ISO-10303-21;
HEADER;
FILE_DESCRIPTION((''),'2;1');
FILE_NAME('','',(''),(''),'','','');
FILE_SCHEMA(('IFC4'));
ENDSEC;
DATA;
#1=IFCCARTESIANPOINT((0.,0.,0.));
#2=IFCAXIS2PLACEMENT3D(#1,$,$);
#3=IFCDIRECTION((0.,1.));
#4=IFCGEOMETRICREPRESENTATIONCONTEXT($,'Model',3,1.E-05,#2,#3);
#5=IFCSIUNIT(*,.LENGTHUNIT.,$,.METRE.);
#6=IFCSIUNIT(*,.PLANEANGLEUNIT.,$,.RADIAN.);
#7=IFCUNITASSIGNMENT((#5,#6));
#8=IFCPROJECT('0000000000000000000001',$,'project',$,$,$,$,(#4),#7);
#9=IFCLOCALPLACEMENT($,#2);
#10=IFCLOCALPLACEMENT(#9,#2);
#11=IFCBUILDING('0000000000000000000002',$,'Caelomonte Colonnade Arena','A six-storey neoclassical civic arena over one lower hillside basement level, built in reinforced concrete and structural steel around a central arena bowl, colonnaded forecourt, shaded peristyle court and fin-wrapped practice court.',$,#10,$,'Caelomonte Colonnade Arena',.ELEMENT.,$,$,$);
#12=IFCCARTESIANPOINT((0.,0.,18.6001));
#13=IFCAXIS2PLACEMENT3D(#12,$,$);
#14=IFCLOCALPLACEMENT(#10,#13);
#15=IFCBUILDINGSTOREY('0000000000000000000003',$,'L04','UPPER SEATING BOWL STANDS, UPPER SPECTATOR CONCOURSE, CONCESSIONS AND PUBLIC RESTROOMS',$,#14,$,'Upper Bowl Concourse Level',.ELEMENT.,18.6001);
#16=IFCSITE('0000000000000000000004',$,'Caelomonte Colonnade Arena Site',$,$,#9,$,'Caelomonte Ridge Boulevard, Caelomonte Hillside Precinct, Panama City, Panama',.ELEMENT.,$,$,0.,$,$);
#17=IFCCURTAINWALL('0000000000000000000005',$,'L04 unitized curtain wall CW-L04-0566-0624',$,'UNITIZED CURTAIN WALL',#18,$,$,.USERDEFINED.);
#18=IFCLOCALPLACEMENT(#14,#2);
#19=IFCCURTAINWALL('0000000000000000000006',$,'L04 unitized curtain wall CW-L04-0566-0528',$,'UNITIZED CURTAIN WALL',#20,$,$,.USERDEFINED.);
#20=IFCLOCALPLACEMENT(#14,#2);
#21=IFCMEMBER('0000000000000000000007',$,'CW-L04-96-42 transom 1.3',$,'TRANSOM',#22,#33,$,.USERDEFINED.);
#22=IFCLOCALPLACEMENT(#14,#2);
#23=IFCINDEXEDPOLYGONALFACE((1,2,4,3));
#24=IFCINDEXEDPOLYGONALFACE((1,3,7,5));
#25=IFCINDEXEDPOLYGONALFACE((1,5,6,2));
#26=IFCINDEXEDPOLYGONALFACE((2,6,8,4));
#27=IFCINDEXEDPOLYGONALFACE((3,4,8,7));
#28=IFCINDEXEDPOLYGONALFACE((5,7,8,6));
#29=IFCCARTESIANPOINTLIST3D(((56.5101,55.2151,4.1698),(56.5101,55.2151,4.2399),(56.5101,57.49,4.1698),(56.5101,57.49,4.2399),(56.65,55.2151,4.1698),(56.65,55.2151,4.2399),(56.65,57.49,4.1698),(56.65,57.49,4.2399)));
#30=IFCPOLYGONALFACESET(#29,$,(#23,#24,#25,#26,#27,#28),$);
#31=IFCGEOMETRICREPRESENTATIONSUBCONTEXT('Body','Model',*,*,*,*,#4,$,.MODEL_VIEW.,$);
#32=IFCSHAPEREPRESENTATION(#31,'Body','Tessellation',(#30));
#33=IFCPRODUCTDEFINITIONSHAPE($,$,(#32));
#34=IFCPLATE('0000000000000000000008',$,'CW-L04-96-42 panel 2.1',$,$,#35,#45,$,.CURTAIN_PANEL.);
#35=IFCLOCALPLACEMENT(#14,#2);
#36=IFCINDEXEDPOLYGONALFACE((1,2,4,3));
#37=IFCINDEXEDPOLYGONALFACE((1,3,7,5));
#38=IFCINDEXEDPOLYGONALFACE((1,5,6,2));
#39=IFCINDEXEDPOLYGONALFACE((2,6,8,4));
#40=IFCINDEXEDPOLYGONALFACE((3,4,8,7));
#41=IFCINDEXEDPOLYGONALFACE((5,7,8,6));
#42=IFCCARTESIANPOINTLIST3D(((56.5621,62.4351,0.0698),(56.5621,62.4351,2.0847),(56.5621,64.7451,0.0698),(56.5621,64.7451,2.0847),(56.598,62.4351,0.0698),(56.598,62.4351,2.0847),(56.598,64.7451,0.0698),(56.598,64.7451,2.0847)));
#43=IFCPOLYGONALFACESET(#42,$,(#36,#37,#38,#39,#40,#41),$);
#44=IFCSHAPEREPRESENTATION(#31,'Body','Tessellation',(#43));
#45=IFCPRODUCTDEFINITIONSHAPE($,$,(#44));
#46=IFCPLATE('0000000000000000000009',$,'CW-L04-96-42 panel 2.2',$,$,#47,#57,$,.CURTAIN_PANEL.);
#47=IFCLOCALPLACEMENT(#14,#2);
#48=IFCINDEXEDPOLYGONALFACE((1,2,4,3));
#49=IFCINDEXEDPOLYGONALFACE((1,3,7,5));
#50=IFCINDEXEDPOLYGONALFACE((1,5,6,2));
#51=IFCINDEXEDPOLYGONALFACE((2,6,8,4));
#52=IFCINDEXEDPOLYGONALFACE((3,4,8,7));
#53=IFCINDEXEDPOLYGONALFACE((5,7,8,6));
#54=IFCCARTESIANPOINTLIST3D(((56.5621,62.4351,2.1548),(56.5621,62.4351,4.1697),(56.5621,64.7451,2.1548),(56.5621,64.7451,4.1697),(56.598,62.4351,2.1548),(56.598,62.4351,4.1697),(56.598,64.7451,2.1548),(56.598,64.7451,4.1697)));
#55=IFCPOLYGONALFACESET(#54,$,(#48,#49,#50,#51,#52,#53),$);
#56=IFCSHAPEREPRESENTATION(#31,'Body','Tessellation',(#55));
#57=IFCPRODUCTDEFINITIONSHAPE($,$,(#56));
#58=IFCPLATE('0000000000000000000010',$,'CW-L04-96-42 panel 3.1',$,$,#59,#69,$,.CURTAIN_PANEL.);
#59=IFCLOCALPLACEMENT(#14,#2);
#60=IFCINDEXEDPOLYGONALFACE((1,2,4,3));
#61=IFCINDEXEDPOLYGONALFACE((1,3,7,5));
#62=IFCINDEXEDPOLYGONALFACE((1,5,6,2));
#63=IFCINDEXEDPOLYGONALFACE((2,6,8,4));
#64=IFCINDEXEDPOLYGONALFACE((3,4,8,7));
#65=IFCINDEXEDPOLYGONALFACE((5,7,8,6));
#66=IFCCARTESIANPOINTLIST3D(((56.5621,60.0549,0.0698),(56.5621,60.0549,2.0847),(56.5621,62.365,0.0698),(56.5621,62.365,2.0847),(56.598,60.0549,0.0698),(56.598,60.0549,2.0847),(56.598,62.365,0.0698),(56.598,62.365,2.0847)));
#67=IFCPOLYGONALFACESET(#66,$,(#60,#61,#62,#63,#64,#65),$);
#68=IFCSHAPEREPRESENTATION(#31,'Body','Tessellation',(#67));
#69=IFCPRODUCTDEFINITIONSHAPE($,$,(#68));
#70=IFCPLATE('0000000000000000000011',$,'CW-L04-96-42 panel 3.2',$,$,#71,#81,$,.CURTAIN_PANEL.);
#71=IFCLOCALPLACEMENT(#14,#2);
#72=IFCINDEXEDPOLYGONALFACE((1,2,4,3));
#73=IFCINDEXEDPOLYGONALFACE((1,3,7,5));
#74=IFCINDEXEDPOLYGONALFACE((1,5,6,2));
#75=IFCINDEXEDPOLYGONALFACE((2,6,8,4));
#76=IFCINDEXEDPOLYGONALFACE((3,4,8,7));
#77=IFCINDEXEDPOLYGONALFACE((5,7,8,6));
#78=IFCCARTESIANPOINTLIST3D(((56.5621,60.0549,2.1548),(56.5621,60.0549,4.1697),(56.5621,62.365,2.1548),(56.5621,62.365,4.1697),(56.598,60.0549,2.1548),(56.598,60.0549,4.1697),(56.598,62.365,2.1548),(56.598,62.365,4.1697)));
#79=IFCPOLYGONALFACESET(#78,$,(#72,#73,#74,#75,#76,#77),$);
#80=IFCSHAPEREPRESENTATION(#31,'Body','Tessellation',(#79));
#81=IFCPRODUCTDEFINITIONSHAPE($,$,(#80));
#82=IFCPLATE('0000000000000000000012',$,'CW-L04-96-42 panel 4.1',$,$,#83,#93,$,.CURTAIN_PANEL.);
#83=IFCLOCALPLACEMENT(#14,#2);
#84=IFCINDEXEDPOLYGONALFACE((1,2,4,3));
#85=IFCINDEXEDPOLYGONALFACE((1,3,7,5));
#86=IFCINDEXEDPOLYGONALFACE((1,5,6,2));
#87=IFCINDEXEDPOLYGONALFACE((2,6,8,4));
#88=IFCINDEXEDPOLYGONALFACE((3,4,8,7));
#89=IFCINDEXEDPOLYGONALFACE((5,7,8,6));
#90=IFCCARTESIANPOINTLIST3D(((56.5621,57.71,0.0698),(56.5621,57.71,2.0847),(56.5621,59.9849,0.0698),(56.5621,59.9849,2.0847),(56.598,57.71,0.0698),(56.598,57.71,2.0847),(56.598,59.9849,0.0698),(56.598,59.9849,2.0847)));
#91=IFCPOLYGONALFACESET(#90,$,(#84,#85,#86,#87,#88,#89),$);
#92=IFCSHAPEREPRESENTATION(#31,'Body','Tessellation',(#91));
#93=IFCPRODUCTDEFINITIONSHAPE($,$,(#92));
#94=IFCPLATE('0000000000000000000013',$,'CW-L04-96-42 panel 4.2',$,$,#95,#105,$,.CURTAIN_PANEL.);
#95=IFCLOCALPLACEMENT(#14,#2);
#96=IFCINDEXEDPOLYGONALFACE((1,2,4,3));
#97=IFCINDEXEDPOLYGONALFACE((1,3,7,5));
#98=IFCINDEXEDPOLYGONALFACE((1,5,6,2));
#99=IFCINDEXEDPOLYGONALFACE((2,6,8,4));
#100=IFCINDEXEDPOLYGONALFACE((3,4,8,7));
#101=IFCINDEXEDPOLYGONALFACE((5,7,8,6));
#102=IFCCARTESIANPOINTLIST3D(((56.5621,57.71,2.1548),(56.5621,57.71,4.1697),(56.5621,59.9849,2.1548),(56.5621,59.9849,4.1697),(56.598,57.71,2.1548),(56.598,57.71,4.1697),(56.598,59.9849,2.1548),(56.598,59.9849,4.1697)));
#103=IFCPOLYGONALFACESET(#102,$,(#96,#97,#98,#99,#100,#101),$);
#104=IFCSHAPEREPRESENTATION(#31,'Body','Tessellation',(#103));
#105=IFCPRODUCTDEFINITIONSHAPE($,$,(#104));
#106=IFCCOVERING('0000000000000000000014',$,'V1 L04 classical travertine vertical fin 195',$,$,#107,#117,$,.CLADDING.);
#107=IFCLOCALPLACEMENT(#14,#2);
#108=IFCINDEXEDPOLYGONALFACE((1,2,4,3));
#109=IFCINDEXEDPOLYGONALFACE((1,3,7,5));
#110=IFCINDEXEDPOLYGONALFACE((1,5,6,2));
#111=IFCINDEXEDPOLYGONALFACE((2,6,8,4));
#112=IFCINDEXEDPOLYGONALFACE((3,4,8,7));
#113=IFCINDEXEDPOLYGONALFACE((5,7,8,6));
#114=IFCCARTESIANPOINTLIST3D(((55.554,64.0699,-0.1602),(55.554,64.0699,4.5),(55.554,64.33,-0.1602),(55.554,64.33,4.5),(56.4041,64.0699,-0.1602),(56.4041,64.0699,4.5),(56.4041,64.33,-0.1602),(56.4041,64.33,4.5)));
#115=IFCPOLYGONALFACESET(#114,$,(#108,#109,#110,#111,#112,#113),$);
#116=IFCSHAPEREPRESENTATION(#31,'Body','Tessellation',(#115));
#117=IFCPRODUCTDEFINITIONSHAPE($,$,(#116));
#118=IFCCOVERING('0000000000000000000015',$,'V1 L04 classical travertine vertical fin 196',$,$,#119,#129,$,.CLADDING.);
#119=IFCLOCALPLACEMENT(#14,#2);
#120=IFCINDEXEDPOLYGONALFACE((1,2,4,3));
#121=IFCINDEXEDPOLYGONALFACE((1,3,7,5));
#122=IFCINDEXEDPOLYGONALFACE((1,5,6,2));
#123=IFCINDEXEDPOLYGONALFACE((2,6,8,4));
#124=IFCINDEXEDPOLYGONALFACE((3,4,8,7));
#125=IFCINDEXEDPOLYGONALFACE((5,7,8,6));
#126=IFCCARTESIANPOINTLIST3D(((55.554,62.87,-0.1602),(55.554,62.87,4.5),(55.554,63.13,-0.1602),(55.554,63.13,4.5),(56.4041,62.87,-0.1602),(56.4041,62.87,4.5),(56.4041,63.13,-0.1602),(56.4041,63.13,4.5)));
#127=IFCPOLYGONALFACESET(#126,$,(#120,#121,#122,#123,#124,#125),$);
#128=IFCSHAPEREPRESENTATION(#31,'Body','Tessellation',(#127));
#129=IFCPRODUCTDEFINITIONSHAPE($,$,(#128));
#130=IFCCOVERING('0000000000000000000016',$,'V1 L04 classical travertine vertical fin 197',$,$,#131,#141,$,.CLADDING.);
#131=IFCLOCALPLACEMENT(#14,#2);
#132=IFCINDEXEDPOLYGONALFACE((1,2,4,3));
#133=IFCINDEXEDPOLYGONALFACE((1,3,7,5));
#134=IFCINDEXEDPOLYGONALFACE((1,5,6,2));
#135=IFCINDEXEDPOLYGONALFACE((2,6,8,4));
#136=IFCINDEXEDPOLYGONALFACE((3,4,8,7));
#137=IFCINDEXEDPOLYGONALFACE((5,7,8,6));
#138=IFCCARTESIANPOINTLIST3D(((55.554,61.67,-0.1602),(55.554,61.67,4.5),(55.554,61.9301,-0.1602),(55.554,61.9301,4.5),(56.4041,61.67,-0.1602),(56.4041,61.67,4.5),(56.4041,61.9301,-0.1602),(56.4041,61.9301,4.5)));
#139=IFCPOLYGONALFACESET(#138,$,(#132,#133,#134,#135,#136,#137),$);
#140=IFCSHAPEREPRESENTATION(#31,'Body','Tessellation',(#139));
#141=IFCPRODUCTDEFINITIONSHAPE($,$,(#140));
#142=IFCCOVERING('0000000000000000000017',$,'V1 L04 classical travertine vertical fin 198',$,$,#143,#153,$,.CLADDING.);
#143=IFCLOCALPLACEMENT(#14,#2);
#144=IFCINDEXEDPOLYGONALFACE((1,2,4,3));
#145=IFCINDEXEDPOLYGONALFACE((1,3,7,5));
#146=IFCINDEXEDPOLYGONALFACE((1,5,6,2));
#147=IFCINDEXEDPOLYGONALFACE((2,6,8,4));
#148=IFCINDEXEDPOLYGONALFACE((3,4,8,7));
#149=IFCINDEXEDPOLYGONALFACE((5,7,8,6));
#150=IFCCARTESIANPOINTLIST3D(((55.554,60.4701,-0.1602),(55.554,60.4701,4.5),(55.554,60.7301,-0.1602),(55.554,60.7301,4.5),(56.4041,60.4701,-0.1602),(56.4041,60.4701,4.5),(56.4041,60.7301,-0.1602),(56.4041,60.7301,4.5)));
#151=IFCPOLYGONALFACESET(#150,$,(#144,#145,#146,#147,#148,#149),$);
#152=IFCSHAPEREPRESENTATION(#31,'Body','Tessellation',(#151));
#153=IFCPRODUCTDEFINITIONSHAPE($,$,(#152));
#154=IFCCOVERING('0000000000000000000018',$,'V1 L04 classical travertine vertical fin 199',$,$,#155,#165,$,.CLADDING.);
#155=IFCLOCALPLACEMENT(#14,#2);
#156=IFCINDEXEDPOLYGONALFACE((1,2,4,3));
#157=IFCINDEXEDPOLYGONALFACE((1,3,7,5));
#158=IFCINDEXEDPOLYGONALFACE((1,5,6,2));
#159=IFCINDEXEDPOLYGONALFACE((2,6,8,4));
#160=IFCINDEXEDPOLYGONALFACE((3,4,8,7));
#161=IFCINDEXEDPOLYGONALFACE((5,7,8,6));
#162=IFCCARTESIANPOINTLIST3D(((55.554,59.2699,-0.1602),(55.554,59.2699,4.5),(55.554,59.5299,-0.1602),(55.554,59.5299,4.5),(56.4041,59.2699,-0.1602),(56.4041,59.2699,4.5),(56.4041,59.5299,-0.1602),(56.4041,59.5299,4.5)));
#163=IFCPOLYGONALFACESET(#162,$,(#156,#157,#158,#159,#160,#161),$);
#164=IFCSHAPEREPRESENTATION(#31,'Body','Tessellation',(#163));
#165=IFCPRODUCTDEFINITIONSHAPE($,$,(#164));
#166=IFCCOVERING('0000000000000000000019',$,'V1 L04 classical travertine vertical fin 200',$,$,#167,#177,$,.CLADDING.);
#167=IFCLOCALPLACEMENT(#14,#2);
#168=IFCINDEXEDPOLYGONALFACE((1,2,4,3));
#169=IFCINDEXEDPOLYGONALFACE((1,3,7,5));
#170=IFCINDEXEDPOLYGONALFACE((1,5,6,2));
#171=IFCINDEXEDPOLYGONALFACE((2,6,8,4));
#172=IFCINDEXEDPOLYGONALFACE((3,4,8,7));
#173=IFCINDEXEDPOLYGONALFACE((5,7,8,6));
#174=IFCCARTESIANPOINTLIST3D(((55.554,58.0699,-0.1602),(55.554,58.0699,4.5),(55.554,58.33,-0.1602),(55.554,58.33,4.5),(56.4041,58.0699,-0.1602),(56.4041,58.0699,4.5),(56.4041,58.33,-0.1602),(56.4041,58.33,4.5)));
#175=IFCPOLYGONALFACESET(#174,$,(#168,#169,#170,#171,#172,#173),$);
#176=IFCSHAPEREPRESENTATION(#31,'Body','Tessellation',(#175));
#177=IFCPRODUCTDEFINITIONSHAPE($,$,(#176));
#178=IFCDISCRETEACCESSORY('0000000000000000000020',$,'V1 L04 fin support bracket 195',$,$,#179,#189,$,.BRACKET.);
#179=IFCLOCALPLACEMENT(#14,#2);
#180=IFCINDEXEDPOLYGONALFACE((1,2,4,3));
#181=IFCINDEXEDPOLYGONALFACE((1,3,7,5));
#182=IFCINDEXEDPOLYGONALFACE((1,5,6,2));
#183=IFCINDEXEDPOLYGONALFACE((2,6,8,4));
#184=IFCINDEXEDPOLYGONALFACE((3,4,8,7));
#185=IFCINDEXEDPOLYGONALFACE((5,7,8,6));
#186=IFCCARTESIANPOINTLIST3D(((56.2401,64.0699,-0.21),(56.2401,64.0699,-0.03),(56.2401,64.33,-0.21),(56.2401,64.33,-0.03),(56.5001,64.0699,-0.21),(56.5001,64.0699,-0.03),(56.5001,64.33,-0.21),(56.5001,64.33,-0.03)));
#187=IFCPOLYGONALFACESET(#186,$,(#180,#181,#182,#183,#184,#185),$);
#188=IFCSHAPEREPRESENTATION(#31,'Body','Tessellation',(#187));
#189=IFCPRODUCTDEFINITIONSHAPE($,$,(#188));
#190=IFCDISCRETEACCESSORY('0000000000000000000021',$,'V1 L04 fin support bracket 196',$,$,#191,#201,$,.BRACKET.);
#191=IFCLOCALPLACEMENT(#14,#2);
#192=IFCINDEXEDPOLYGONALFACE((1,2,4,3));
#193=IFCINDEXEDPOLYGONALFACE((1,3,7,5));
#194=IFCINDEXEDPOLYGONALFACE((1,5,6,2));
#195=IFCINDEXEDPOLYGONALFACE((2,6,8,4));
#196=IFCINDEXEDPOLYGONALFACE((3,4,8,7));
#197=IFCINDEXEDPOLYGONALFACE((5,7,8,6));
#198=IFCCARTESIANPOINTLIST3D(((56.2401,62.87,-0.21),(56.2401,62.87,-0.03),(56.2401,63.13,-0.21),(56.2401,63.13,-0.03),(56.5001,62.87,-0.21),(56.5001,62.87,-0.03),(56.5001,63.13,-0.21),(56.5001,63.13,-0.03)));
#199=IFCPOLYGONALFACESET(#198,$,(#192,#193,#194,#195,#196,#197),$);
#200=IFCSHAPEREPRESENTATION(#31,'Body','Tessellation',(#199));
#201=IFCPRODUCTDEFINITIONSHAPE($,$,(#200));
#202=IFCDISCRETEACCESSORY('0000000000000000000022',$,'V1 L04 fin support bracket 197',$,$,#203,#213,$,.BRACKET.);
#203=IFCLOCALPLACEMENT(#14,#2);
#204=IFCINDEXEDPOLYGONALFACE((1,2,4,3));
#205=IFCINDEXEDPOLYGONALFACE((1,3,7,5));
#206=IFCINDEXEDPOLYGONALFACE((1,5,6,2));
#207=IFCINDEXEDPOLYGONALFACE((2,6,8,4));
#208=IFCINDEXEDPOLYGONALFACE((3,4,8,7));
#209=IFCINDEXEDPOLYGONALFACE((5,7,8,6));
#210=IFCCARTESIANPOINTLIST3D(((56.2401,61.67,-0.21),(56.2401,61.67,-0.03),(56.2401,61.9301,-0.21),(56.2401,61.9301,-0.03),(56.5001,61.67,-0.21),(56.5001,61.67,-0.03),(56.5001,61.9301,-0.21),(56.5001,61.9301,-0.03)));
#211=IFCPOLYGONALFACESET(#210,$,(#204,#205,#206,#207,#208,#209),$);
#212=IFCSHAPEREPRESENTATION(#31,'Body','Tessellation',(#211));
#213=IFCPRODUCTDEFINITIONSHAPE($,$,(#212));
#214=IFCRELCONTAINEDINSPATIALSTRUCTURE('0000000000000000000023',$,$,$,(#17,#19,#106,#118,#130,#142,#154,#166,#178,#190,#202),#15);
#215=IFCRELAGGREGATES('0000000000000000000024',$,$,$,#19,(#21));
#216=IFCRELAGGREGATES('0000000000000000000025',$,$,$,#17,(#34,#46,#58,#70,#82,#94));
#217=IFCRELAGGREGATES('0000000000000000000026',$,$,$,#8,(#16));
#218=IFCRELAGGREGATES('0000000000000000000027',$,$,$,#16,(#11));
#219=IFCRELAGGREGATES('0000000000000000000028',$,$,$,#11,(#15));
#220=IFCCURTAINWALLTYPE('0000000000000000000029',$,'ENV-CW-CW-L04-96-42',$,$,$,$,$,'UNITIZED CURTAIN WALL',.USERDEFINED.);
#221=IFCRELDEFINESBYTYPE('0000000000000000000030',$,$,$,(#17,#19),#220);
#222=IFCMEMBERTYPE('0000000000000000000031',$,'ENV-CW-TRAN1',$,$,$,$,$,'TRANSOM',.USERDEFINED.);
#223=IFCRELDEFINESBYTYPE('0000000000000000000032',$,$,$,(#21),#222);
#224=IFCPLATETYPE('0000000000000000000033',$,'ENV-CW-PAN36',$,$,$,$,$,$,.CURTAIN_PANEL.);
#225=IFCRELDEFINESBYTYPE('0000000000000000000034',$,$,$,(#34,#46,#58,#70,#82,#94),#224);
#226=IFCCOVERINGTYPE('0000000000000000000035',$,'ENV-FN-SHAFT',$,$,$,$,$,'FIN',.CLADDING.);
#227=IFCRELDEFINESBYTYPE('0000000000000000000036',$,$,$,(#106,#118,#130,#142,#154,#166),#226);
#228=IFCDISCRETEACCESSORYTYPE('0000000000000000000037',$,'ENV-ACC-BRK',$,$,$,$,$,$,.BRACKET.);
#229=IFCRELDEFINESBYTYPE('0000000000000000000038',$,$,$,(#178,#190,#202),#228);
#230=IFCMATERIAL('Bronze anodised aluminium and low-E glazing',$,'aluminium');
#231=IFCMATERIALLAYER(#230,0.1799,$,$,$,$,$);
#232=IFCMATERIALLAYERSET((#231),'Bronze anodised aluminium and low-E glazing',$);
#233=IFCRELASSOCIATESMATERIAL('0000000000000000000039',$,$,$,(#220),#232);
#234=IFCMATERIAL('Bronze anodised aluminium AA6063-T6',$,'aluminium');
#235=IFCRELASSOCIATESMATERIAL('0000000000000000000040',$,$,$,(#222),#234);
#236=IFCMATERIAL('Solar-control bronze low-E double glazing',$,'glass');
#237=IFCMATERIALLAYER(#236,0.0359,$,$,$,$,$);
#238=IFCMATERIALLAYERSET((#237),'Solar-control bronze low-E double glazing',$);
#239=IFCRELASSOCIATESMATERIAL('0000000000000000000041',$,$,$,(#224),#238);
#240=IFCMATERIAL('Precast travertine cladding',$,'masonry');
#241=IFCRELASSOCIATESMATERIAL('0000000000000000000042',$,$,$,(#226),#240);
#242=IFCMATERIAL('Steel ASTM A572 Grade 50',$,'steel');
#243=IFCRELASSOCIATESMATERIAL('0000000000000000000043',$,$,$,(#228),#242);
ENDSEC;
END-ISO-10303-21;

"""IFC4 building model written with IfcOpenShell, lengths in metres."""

from ifc_helpers import new_model, si_unit, direction, frame, origin, origin_2d, place, context, subcontext, project, spatial, rectangle, extrude, material, layer, layer_set, material_profile, profile_set, type_object, element, aggregate, save


model = new_model("IFC4")

# Units and contexts
model_context = context("Model", 3, precision=1e-05, world=origin(), true_north=direction((0.0, 1.0)))
body_context = subcontext(model_context, "Body", "Model", "MODEL_VIEW")
ifc_project = project(units=[si_unit("LENGTHUNIT", "METRE"), si_unit("PLANEANGLEUNIT", "RADIAN")], contexts=[model_context])

# Site, building, storey
site_placement = place(None, origin())
site = spatial("IfcSite", under=ifc_project, at=site_placement, Name="Caelomonte Colonnade Arena Site", LongName="Caelomonte Ridge Boulevard, Caelomonte Hillside Precinct, Panama City, Panama", CompositionType="ELEMENT", RefElevation=0.0)
building_placement = place(site_placement, origin())
building = spatial("IfcBuilding", under=site, at=building_placement, Name="Caelomonte Colonnade Arena", Description="A six-storey neoclassical civic arena over one lower hillside basement level, built in reinforced concrete and structural steel around a central arena bowl, colonnaded forecourt, shaded peristyle court and fin-wrapped practice court.", LongName="Caelomonte Colonnade Arena", CompositionType="ELEMENT")
storey_placement = place(building_placement, frame((0.0, 0.0, 18.6001)))
storey = spatial("IfcBuildingStorey", under=building, at=storey_placement, Name="L04", Description="UPPER SEATING BOWL STANDS, UPPER SPECTATOR CONCOURSE, CONCESSIONS AND PUBLIC RESTROOMS", LongName="Upper Bowl Concourse Level", CompositionType="ELEMENT", Elevation=18.6001)

# Curtain wall
ifc_material_1 = material(Name="Bronze anodised aluminium and low-E glazing", Category="aluminium")
ifc_layer_1 = layer(ifc_material_1, 0.1799)
ifc_layer_set_1 = layer_set([ifc_layer_1], Name="Bronze anodised aluminium and low-E glazing")
curtain_wall_type = type_object("IfcCurtainWallType", Name="ENV-CW-CW-L04-96-42", ElementType="UNITIZED CURTAIN WALL", PredefinedType="USERDEFINED", material=ifc_layer_set_1)
curtain_wall_1_placement = place(storey_placement, origin())
curtain_wall_1 = element("IfcCurtainWall", 1, at=curtain_wall_1_placement, inside=storey, type_object=curtain_wall_type, Name="L04 unitized curtain wall CW-L04-0566-0624", ObjectType="UNITIZED CURTAIN WALL", PredefinedType="USERDEFINED")
ifc_material_2 = material(Name="Bronze anodised aluminium AA6063-T6", Category="aluminium")

# Curtain wall
curtain_wall_2_placement = place(storey_placement, origin())
curtain_wall_2 = element("IfcCurtainWall", 2, at=curtain_wall_2_placement, inside=storey, type_object=curtain_wall_type, Name="L04 unitized curtain wall CW-L04-0566-0528", ObjectType="UNITIZED CURTAIN WALL", PredefinedType="USERDEFINED")

# Member
ifc_material_profile_1 = material_profile(ifc_material_2, rectangle(XDim=0.0701, YDim=0.1399, at=origin_2d()), Name="CWT-70X140")
ifc_profile_set_1 = profile_set([ifc_material_profile_1], Name="Bronze anodised aluminium AA6063-T6")
member_type_1 = type_object("IfcMemberType", Name="ENV-CW-TRAN1", ElementType="TRANSOM", PredefinedType="USERDEFINED", material=ifc_profile_set_1)
member_1_placement = place(storey_placement, frame((56.5801, 57.49, 4.2048), z_axis=(0.0, -1.0, 0.0), x_axis=(0.0, 0.0, 1.0)))
member_1 = element("IfcMember", 3, at=member_1_placement, type_object=member_type_1, Name="CW-L04-96-42 transom 1.3", ObjectType="TRANSOM", PredefinedType="USERDEFINED", context=body_context, shape_type="SweptSolid", body=[
    extrude(rectangle(XDim=0.0701, YDim=0.1399, at=origin_2d()), origin(), (0.0, 0.0, 1.0), 2.2749),
])
aggregate(curtain_wall_2, [member_1])

# Plates
ifc_material_3 = material(Name="Solar-control bronze low-E double glazing", Category="glass")
ifc_layer_2 = layer(ifc_material_3, 0.0359)
ifc_layer_set_2 = layer_set([ifc_layer_2], Name="Solar-control bronze low-E double glazing")
plate_type = type_object("IfcPlateType", Name="ENV-CW-PAN36", PredefinedType="CURTAIN_PANEL", material=ifc_layer_set_2)
plate_1_placement = place(storey_placement, frame((56.5801, 63.5901, 0.0698), z_axis=(0.0, 0.0, 1.0), x_axis=(0.0, -1.0, 0.0)))
plate_1 = element("IfcPlate", 4, at=plate_1_placement, type_object=plate_type, Name="CW-L04-96-42 panel 2.1", PredefinedType="CURTAIN_PANEL", context=body_context, shape_type="SweptSolid", body=[
    extrude(rectangle(XDim=2.3101, YDim=0.0359, at=origin_2d()), origin(), (0.0, 0.0, 1.0), 2.0149),
])
plate_2_placement = place(storey_placement, frame((56.5801, 63.5901, 2.1548), z_axis=(0.0, 0.0, 1.0), x_axis=(0.0, -1.0, 0.0)))
plate_2 = element("IfcPlate", 5, at=plate_2_placement, type_object=plate_type, Name="CW-L04-96-42 panel 2.2", PredefinedType="CURTAIN_PANEL", context=body_context, shape_type="SweptSolid", body=[
    extrude(rectangle(XDim=2.3101, YDim=0.0359, at=origin_2d()), origin(), (0.0, 0.0, 1.0), 2.0149),
])
plate_3_placement = place(storey_placement, frame((56.5801, 61.21, 0.0698), z_axis=(0.0, 0.0, 1.0), x_axis=(0.0, -1.0, 0.0)))
plate_3 = element("IfcPlate", 6, at=plate_3_placement, type_object=plate_type, Name="CW-L04-96-42 panel 3.1", PredefinedType="CURTAIN_PANEL", context=body_context, shape_type="SweptSolid", body=[
    extrude(rectangle(XDim=2.3101, YDim=0.0359, at=origin_2d()), origin(), (0.0, 0.0, 1.0), 2.0149),
])
plate_4_placement = place(storey_placement, frame((56.5801, 61.21, 2.1548), z_axis=(0.0, 0.0, 1.0), x_axis=(0.0, -1.0, 0.0)))
plate_4 = element("IfcPlate", 7, at=plate_4_placement, type_object=plate_type, Name="CW-L04-96-42 panel 3.2", PredefinedType="CURTAIN_PANEL", context=body_context, shape_type="SweptSolid", body=[
    extrude(rectangle(XDim=2.3101, YDim=0.0359, at=origin_2d()), origin(), (0.0, 0.0, 1.0), 2.0149),
])
plate_5_placement = place(storey_placement, frame((56.5801, 58.8474, 0.0698), z_axis=(0.0, 0.0, 1.0), x_axis=(0.0, -1.0, 0.0)))
plate_5 = element("IfcPlate", 8, at=plate_5_placement, type_object=plate_type, Name="CW-L04-96-42 panel 4.1", PredefinedType="CURTAIN_PANEL", context=body_context, shape_type="SweptSolid", body=[
    extrude(rectangle(XDim=2.2749, YDim=0.0359, at=origin_2d()), origin(), (0.0, 0.0, 1.0), 2.0149),
])
plate_6_placement = place(storey_placement, frame((56.5801, 58.8474, 2.1548), z_axis=(0.0, 0.0, 1.0), x_axis=(0.0, -1.0, 0.0)))
plate_6 = element("IfcPlate", 9, at=plate_6_placement, type_object=plate_type, Name="CW-L04-96-42 panel 4.2", PredefinedType="CURTAIN_PANEL", context=body_context, shape_type="SweptSolid", body=[
    extrude(rectangle(XDim=2.2749, YDim=0.0359, at=origin_2d()), origin(), (0.0, 0.0, 1.0), 2.0149),
])
aggregate(curtain_wall_1, [plate_1, plate_2, plate_3, plate_4, plate_5, plate_6])

# Coverings
ifc_material_4 = material(Name="Precast travertine cladding", Category="masonry")
ifc_material_profile_2 = material_profile(ifc_material_4, rectangle(XDim=0.26, YDim=0.8501, at=origin_2d()), Name="FIN260X850")
ifc_profile_set_2 = profile_set([ifc_material_profile_2], Name="Precast travertine cladding")
covering_type = type_object("IfcCoveringType", Name="ENV-FN-SHAFT", ElementType="FIN", PredefinedType="CLADDING", material=ifc_profile_set_2)
for number, where, z_axis, x_axis, name in (
    (10, (55.979, 64.2, -0.1602), (0.0, 0.0, 1.0), (0.0, 1.0, 0.0), "V1 L04 classical travertine vertical fin 195"),
    (11, (55.979, 63.0, -0.1602), (0.0, 0.0, 1.0), (0.0, 1.0, 0.0), "V1 L04 classical travertine vertical fin 196"),
    (12, (55.979, 61.8, -0.1602), (0.0, 0.0, 1.0), (0.0, 1.0, 0.0), "V1 L04 classical travertine vertical fin 197"),
    (13, (55.979, 60.6001, -0.1602), (0.0, 0.0, 1.0), (0.0, 1.0, 0.0), "V1 L04 classical travertine vertical fin 198"),
    (14, (55.979, 59.3999, -0.1602), (0.0, 0.0, 1.0), (0.0, 1.0, 0.0), "V1 L04 classical travertine vertical fin 199"),
    (15, (55.979, 58.2, -0.1602), (0.0, 0.0, 1.0), (0.0, 1.0, 0.0), "V1 L04 classical travertine vertical fin 200"),
):
    element("IfcCovering", number, at=place(storey_placement, frame(where, z_axis=z_axis, x_axis=x_axis)), inside=storey, type_object=covering_type, Name=name, PredefinedType="CLADDING", context=body_context, shape_type="SweptSolid", body=[
        extrude(rectangle(XDim=0.26, YDim=0.8501, at=origin_2d()), origin(), (0.0, 0.0, 1.0), 4.6602),
    ])

# Discrete accessories
ifc_material_5 = material(Name="Steel ASTM A572 Grade 50", Category="steel")
discrete_accessory_type = type_object("IfcDiscreteAccessoryType", Name="ENV-ACC-BRK", PredefinedType="BRACKET", material=ifc_material_5)
for number, where, z_axis, x_axis, name in (
    (16, (56.3701, 64.2, -0.21), (0.0, 0.0, 1.0), (0.0, -1.0, 0.0), "V1 L04 fin support bracket 195"),
    (17, (56.3701, 63.0, -0.21), (0.0, 0.0, 1.0), (0.0, -1.0, 0.0), "V1 L04 fin support bracket 196"),
    (18, (56.3701, 61.8, -0.21), (0.0, 0.0, 1.0), (0.0, -1.0, 0.0), "V1 L04 fin support bracket 197"),
):
    element("IfcDiscreteAccessory", number, at=place(storey_placement, frame(where, z_axis=z_axis, x_axis=x_axis)), inside=storey, type_object=discrete_accessory_type, Name=name, PredefinedType="BRACKET", context=body_context, shape_type="SweptSolid", body=[
        extrude(rectangle(XDim=0.26, YDim=0.26, at=origin_2d()), origin(), (0.0, 0.0, 1.0), 0.1799),
    ])

save(model, "model.ifc")
